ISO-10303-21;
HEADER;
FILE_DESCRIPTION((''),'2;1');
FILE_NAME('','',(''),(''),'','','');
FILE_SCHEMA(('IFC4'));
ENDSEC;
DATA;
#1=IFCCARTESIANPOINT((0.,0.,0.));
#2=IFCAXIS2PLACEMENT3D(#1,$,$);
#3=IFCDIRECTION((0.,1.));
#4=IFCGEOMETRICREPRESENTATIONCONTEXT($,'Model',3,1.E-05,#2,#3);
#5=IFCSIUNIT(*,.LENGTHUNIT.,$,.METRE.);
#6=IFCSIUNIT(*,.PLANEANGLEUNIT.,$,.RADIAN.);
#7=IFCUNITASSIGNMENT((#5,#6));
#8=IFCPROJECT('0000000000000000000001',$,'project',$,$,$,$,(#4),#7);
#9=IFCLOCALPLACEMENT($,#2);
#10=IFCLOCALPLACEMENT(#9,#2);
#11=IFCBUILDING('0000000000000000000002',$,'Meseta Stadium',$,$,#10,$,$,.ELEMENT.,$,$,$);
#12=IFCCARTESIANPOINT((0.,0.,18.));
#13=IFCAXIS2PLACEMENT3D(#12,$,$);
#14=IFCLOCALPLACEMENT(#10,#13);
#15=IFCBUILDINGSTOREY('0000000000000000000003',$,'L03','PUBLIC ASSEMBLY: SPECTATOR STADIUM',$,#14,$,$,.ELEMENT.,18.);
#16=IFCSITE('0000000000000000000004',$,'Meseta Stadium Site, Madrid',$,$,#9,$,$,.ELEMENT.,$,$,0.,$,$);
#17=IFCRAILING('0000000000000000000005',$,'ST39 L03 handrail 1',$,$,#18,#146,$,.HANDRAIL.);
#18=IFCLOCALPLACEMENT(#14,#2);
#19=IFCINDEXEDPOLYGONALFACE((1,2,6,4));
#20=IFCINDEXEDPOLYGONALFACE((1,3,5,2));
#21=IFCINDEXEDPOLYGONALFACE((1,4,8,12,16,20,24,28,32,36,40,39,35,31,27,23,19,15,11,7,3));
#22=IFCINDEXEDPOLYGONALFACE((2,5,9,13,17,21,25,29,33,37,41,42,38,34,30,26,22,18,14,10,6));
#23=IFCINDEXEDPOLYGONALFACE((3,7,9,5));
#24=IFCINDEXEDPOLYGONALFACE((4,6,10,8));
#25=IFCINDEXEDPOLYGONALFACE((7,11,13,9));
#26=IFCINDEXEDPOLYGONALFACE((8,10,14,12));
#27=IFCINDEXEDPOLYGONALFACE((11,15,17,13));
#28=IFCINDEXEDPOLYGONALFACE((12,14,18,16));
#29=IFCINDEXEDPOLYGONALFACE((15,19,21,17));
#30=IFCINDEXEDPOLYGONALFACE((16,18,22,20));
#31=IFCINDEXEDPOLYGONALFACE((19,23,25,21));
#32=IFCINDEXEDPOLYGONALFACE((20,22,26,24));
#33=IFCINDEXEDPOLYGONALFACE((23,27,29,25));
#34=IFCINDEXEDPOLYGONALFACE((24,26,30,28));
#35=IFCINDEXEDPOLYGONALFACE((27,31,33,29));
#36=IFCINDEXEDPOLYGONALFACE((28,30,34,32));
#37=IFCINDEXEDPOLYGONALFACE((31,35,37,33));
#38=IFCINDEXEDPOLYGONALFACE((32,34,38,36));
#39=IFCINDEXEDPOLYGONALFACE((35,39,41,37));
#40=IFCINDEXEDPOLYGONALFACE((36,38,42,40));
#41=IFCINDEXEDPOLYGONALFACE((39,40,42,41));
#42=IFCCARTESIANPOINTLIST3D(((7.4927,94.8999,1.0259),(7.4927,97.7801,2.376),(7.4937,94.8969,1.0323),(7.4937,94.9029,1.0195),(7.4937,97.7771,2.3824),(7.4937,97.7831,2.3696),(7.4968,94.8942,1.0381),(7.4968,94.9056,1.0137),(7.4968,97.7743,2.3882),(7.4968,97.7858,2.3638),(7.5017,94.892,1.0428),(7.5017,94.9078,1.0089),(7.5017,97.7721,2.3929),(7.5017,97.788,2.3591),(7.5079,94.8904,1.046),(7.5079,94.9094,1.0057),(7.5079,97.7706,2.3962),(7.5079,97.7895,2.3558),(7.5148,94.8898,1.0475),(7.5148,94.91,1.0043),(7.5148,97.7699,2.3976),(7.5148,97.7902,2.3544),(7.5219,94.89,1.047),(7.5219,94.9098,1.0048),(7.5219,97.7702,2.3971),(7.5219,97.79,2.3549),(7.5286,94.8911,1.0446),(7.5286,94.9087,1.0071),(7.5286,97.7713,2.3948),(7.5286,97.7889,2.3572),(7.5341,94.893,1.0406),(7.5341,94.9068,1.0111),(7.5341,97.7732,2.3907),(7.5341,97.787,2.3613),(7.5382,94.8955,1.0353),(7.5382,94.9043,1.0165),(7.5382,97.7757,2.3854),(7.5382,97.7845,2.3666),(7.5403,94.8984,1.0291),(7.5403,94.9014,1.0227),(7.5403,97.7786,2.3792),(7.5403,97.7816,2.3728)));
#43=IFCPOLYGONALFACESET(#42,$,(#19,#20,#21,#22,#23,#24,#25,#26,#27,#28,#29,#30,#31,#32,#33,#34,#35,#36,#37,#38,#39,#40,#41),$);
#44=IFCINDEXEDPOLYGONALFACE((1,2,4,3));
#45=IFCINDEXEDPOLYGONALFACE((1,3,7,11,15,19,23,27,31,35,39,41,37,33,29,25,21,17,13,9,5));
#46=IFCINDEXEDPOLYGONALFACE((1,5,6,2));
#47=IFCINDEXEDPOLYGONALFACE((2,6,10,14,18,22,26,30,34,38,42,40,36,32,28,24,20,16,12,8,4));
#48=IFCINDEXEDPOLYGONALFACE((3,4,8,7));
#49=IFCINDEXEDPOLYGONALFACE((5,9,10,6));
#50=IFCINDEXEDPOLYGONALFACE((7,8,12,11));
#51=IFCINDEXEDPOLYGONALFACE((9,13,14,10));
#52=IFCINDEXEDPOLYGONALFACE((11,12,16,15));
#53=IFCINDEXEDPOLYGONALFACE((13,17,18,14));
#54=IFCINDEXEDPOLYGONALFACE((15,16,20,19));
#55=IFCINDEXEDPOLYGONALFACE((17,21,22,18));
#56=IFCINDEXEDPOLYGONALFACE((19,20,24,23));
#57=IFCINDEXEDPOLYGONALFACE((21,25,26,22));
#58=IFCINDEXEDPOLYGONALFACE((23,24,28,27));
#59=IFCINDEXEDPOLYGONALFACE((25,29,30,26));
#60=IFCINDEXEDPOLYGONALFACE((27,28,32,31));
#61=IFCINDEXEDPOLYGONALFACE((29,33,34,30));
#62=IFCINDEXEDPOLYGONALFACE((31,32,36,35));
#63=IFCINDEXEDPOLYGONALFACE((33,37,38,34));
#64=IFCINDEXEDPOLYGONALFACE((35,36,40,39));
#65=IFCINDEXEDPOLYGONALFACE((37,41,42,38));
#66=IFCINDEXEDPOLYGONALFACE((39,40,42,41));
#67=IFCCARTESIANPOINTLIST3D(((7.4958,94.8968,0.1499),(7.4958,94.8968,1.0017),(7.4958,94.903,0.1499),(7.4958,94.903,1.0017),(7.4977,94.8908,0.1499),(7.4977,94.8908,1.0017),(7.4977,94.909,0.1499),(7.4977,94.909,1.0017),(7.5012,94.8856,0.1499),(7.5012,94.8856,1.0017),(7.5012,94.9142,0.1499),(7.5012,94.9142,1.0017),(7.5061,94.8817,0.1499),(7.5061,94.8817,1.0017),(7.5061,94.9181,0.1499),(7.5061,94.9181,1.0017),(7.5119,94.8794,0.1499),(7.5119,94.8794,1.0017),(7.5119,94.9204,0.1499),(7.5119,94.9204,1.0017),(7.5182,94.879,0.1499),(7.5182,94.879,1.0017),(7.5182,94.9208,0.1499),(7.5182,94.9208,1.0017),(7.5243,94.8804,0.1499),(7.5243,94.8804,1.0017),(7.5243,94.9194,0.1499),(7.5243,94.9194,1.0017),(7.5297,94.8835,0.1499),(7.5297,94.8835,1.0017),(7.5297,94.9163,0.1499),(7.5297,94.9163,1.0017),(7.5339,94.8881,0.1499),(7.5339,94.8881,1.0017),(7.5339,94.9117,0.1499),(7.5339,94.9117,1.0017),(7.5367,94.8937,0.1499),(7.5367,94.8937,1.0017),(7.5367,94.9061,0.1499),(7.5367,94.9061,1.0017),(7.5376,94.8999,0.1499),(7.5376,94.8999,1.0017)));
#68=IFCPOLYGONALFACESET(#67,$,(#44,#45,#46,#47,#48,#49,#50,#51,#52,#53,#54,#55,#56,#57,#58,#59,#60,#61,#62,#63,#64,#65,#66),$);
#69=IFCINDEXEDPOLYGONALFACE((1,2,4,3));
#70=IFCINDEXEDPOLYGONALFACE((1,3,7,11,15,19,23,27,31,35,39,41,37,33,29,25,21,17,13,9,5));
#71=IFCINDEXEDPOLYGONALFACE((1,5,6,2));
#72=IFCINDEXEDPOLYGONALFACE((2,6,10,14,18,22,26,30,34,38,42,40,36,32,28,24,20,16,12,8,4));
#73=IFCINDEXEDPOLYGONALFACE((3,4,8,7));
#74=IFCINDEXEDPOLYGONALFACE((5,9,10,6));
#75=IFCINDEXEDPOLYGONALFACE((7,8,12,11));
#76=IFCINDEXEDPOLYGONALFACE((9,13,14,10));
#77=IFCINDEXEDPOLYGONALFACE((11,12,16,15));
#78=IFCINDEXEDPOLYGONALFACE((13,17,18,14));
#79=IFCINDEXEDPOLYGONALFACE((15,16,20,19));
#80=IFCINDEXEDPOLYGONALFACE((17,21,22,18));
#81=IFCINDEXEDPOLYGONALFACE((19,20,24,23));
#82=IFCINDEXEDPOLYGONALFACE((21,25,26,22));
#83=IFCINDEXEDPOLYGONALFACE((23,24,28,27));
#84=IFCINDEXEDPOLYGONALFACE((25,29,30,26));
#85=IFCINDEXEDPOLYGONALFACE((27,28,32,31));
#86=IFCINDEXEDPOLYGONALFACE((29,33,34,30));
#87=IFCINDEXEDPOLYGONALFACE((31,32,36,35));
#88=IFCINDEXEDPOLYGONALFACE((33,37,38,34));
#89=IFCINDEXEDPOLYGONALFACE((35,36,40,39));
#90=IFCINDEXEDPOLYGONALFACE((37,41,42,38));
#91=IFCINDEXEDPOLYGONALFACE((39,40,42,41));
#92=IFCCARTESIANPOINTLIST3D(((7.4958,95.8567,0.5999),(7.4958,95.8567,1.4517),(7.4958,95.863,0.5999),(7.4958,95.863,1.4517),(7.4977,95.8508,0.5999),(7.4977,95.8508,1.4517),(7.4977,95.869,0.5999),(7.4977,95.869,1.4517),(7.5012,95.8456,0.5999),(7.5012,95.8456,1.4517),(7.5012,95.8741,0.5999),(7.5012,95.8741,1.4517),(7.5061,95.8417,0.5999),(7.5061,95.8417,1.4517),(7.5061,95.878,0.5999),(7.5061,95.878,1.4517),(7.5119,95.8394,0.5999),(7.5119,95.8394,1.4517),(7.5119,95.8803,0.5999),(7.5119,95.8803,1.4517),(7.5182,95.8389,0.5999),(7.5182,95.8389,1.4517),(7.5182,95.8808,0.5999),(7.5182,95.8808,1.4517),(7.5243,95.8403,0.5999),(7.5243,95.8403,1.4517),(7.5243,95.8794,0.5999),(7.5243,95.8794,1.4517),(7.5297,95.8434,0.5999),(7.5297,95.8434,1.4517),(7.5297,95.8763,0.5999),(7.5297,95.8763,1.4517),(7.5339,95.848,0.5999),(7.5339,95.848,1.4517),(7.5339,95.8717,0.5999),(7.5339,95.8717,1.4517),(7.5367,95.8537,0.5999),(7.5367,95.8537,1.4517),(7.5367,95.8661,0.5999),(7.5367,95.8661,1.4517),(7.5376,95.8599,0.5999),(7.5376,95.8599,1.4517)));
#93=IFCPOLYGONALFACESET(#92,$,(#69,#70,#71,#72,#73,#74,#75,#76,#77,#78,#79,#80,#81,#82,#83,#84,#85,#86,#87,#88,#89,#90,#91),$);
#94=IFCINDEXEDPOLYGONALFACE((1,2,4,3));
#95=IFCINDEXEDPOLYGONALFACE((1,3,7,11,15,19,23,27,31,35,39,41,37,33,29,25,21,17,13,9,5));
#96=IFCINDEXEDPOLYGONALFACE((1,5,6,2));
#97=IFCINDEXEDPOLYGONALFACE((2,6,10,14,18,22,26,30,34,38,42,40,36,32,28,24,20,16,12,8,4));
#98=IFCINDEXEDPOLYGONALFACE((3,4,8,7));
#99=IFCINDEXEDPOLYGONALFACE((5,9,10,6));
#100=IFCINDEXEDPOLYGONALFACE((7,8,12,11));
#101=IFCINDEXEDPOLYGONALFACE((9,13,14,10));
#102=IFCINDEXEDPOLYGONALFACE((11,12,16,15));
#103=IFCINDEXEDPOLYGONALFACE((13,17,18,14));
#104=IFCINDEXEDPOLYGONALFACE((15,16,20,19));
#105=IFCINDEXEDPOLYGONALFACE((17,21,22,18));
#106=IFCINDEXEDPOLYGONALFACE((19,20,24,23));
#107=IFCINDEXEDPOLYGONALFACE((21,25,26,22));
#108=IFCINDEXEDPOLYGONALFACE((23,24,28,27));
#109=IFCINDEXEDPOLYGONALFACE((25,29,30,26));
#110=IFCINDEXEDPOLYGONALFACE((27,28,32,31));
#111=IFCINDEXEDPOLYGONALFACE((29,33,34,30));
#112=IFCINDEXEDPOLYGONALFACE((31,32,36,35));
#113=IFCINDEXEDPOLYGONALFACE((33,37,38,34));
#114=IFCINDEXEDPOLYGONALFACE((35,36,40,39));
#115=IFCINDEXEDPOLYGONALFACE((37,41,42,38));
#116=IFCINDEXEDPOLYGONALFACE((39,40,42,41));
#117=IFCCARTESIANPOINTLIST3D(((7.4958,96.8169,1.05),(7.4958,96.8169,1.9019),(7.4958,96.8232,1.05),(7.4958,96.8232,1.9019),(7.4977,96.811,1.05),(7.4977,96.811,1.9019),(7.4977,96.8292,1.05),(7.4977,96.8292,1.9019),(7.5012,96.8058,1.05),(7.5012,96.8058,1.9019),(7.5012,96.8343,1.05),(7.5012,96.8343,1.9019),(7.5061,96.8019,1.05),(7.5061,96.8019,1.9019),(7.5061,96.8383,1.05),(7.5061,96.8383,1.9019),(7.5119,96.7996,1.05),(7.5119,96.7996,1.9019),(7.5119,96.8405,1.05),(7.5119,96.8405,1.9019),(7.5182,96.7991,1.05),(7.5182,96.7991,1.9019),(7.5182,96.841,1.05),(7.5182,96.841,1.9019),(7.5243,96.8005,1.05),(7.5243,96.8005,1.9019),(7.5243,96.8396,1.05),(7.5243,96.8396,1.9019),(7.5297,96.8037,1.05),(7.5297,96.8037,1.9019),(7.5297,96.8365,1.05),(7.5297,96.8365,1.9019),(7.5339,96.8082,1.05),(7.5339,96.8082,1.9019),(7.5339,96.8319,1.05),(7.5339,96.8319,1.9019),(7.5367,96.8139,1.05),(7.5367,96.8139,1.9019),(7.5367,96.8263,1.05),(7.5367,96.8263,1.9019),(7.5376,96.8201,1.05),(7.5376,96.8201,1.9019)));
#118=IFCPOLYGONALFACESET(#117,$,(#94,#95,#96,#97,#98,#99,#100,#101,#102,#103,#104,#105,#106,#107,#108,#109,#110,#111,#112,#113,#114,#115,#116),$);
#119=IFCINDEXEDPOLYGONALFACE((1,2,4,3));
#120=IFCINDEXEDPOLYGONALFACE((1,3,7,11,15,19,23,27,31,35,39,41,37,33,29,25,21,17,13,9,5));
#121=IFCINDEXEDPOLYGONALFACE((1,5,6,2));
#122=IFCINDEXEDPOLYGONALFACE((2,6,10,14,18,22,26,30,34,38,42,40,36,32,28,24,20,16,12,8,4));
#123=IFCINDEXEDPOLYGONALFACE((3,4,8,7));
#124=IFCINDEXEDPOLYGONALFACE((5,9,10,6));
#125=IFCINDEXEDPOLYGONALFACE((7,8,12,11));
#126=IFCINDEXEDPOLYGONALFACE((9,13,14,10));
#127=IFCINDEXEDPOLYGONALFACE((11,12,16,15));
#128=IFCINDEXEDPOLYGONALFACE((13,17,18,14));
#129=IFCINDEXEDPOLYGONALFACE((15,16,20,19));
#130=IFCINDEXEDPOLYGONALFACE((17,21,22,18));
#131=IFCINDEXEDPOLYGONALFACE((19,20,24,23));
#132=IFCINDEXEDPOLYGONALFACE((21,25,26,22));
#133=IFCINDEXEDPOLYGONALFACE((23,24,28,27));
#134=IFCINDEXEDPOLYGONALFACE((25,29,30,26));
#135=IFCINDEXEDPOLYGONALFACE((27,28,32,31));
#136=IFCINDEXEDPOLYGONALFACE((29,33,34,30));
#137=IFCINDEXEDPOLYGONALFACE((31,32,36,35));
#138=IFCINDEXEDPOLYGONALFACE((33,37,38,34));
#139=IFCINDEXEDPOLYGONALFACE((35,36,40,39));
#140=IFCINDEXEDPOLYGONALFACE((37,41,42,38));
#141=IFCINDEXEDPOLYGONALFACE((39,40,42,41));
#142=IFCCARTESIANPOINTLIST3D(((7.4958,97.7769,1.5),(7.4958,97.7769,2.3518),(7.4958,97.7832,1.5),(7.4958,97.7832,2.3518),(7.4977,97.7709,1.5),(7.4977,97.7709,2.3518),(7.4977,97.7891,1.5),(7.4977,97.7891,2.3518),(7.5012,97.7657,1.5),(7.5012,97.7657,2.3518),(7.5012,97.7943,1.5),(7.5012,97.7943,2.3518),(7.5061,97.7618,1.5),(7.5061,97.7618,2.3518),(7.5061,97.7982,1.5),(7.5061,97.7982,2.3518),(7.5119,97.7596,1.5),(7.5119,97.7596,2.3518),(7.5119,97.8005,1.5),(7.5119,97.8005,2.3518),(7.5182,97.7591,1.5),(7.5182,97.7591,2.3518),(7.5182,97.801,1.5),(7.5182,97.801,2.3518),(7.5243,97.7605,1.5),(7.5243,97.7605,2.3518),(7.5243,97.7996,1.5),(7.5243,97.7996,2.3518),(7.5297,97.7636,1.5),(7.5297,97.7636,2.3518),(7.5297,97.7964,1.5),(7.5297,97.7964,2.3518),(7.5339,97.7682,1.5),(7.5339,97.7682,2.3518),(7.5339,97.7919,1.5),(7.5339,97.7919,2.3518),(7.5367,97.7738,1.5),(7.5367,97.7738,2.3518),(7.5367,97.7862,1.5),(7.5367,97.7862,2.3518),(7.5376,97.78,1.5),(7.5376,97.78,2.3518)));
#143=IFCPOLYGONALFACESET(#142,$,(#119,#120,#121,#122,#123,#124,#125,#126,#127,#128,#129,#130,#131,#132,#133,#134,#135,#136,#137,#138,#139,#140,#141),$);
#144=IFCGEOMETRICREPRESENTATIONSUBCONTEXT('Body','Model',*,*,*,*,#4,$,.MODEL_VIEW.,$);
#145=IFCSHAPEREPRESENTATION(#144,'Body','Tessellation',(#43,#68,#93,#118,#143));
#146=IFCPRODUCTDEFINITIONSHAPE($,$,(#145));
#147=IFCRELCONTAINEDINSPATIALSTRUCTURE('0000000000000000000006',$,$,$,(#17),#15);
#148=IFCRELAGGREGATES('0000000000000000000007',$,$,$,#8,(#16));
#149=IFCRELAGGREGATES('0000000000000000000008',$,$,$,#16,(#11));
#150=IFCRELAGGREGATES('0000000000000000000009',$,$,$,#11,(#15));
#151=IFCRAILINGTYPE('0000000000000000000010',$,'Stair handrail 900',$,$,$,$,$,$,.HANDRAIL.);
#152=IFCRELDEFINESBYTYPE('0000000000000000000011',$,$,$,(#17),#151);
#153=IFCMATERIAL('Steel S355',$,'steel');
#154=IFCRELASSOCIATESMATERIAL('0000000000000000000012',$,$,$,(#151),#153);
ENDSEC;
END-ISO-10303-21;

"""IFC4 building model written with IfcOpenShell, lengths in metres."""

from ifc_helpers import new_model, si_unit, direction, frame, origin, origin_2d, place, context, subcontext, project, spatial, circle, extrude, material, type_object, element, save


model = new_model("IFC4")

# Units and contexts
model_context = context("Model", 3, precision=1e-05, world=origin(), true_north=direction((0.0, 1.0)))
body_context = subcontext(model_context, "Body", "Model", "MODEL_VIEW")
ifc_project = project(units=[si_unit("LENGTHUNIT", "METRE"), si_unit("PLANEANGLEUNIT", "RADIAN")], contexts=[model_context])

# Site, building, storey
site_placement = place(None, origin())
site = spatial("IfcSite", under=ifc_project, at=site_placement, Name="Meseta Stadium Site, Madrid", CompositionType="ELEMENT", RefElevation=0.0)
building_placement = place(site_placement, origin())
building = spatial("IfcBuilding", under=site, at=building_placement, Name="Meseta Stadium", CompositionType="ELEMENT")
storey_placement = place(building_placement, frame((0.0, 0.0, 18.0)))
storey = spatial("IfcBuildingStorey", under=building, at=storey_placement, Name="L03", Description="PUBLIC ASSEMBLY: SPECTATOR STADIUM", CompositionType="ELEMENT", Elevation=18.0)

# Railing
ifc_material_1 = material(Name="Steel S355", Category="steel")
railing_type_1 = type_object("IfcRailingType", Name="Stair handrail 900", PredefinedType="HANDRAIL", material=ifc_material_1)
railing_1_placement = place(storey_placement, frame((7.5166, 94.8999, 0.1499)))
element("IfcRailing", 1, at=railing_1_placement, inside=storey, type_object=railing_type_1, Name="ST39 L03 handrail 1", PredefinedType="HANDRAIL", context=body_context, shape_type="SweptSolid", body=[
    extrude(circle(Radius=0.0239, at=origin_2d()), frame((0.0, 0.0, 0.876), z_axis=(0.0, 0.905454, 0.424444), x_axis=(-1.0, 0.0, 0.0)), (0.0, 0.0, 1.0), 3.1809),
    extrude(circle(Radius=0.021, at=origin_2d()), origin(), (0.0, 0.0, 1.0), 0.8518),
    extrude(circle(Radius=0.021, at=origin_2d()), frame((0.0, 0.96, 0.45)), (0.0, 0.0, 1.0), 0.8518),
    extrude(circle(Radius=0.021, at=origin_2d()), frame((0.0, 1.9202, 0.9001)), (0.0, 0.0, 1.0), 0.8518),
    extrude(circle(Radius=0.021, at=origin_2d()), frame((0.0, 2.8801, 1.3501)), (0.0, 0.0, 1.0), 0.8518),
])

save(model, "model.ifc")
